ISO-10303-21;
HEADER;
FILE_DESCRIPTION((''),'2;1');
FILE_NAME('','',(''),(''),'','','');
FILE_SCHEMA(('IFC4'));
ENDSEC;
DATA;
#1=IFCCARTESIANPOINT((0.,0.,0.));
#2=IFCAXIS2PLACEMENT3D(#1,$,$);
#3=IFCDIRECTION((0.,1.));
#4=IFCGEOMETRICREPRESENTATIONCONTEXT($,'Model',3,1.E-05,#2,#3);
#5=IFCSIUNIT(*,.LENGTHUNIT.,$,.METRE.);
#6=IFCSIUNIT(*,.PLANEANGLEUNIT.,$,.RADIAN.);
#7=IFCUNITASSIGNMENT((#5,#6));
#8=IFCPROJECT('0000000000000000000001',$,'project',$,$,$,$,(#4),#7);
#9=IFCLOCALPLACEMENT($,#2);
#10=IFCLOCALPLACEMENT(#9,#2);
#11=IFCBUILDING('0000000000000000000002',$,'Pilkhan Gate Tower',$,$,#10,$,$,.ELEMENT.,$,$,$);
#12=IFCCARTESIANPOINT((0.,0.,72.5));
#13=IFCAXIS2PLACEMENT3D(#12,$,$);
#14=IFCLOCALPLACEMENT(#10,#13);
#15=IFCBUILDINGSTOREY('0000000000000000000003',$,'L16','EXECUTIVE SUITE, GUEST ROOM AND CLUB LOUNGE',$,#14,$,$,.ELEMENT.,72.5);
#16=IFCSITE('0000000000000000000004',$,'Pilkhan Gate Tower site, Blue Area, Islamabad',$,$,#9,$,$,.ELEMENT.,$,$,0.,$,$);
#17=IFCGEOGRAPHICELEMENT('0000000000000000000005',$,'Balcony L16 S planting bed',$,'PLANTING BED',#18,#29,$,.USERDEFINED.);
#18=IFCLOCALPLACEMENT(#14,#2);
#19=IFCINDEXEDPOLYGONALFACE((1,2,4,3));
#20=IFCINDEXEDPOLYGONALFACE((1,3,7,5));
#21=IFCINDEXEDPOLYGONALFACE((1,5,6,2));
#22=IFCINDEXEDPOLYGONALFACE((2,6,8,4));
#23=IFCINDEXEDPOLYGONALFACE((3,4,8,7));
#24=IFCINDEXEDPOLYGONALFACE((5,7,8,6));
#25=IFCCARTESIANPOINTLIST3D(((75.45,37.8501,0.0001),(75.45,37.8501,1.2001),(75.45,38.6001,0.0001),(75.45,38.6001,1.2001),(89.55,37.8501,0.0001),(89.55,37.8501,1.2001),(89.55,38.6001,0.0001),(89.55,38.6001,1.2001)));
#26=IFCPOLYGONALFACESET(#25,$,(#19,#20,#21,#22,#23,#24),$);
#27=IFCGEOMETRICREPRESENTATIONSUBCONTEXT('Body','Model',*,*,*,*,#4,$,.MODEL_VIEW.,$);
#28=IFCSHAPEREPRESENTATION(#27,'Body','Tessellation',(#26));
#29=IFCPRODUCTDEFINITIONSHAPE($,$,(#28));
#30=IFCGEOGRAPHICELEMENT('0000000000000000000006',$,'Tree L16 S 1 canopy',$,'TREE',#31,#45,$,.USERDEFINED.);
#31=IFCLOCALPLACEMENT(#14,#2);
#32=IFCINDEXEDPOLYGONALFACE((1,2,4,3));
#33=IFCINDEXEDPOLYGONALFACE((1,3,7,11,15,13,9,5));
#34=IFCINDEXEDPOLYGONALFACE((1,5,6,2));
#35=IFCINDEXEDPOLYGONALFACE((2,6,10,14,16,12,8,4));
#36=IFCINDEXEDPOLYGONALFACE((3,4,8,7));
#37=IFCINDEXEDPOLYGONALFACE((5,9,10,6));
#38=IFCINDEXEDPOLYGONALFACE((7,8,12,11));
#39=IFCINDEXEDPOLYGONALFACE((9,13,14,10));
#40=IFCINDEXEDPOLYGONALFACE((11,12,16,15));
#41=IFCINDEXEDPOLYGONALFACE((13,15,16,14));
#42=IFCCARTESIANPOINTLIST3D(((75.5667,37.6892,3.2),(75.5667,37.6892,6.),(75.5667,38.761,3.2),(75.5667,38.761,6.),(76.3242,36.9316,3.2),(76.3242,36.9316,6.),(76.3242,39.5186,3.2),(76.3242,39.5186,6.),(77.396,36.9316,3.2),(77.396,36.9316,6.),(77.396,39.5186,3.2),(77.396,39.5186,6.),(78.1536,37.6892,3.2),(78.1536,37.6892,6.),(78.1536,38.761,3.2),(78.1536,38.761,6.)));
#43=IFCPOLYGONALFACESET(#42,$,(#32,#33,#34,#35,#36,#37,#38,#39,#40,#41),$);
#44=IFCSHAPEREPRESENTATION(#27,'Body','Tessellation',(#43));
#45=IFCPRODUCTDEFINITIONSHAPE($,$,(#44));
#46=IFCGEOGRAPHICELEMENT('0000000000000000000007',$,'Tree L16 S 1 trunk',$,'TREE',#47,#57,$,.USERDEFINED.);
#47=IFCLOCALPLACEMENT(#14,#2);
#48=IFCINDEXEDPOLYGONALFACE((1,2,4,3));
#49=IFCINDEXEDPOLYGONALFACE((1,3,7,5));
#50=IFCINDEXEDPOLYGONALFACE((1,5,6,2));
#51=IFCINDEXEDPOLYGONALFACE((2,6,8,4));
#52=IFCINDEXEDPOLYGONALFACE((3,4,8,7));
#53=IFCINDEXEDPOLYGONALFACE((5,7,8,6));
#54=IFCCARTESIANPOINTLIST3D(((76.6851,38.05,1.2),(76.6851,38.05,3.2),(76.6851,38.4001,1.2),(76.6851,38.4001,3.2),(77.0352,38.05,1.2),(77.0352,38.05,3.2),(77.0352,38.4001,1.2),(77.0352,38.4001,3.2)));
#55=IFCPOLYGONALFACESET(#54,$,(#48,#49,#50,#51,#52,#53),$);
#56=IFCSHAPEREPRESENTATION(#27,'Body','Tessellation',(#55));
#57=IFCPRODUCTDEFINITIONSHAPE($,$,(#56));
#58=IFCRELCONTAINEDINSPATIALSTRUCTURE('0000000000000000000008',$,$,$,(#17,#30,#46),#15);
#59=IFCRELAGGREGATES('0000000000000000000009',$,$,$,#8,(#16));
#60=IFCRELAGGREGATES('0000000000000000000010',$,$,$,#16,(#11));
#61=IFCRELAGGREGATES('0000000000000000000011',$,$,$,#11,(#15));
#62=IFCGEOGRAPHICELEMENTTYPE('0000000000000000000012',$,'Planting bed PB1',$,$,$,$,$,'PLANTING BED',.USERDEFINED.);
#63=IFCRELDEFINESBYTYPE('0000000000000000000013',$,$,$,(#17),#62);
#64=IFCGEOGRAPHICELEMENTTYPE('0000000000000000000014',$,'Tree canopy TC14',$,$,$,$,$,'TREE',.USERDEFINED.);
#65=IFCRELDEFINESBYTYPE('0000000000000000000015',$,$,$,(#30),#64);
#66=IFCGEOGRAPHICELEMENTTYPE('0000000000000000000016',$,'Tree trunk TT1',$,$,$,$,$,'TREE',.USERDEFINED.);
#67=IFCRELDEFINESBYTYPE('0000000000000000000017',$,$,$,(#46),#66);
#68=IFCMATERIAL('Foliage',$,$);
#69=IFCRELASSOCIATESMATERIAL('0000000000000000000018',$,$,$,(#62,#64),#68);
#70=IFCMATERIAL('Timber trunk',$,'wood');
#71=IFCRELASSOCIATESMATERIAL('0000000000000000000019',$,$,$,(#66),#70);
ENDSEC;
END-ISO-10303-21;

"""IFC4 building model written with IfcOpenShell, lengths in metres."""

from ifc_helpers import new_model, si_unit, direction, frame, origin, origin_2d, place, context, subcontext, project, spatial, polyline, rectangle, outline, extrude, material, material_profile, profile_set, type_object, element, save


model = new_model("IFC4")

# Units and contexts
model_context = context("Model", 3, precision=1e-05, world=origin(), true_north=direction((0.0, 1.0)))
body_context = subcontext(model_context, "Body", "Model", "MODEL_VIEW")
ifc_project = project(units=[si_unit("LENGTHUNIT", "METRE"), si_unit("PLANEANGLEUNIT", "RADIAN")], contexts=[model_context])

# Site, building, storey
site_placement = place(None, origin())
site = spatial("IfcSite", under=ifc_project, at=site_placement, Name="Pilkhan Gate Tower site, Blue Area, Islamabad", CompositionType="ELEMENT", RefElevation=0.0)
building_placement = place(site_placement, origin())
building = spatial("IfcBuilding", under=site, at=building_placement, Name="Pilkhan Gate Tower", CompositionType="ELEMENT")
storey_placement = place(building_placement, frame((0.0, 0.0, 72.5)))
storey = spatial("IfcBuildingStorey", under=building, at=storey_placement, Name="L16", Description="EXECUTIVE SUITE, GUEST ROOM AND CLUB LOUNGE", CompositionType="ELEMENT", Elevation=72.5)

# Geographic elements
ifc_material_1 = material(Name="Foliage")
ifc_material_profile_1 = material_profile(ifc_material_1, rectangle(XDim=0.75, YDim=1.2, at=origin_2d()), Name="Bed 750x1200")
ifc_profile_set_1 = profile_set([ifc_material_profile_1], Name="Foliage")
geographic_element_type_1 = type_object("IfcGeographicElementType", Name="Planting bed PB1", ElementType="PLANTING BED", PredefinedType="USERDEFINED", material=ifc_profile_set_1)
geographic_element_1_placement = place(storey_placement, frame((75.45, 38.2251, 0.6001), z_axis=(1.0, 0.0, 0.0), x_axis=(0.0, 1.0, 0.0)))
element("IfcGeographicElement", 1, at=geographic_element_1_placement, inside=storey, type_object=geographic_element_type_1, Name="Balcony L16 S planting bed", ObjectType="PLANTING BED", PredefinedType="USERDEFINED", context=body_context, shape_type="SweptSolid", body=[
    extrude(rectangle(XDim=0.75, YDim=1.2, at=origin_2d()), origin(), (0.0, 0.0, 1.0), 14.1001),
])
ifc_material_profile_2 = material_profile(ifc_material_1, outline(polyline([(1.2935, 0.5359), (0.5359, 1.2935), (-0.5359, 1.2935), (-1.2935, 0.5359), (-1.2935, -0.5359), (-0.5359, -1.2935), (0.5359, -1.2935), (1.2935, -0.5359), (1.2935, 0.5359)])), Name="Canopy D2.8")
ifc_profile_set_2 = profile_set([ifc_material_profile_2], Name="Foliage")
geographic_element_type_2 = type_object("IfcGeographicElementType", Name="Tree canopy TC14", ElementType="TREE", PredefinedType="USERDEFINED", material=ifc_profile_set_2)
geographic_element_2_placement = place(storey_placement, frame((76.8601, 38.2251, 3.2), z_axis=(0.0, 0.0, 1.0), x_axis=(1.0, 0.0, 0.0)))
element("IfcGeographicElement", 2, at=geographic_element_2_placement, inside=storey, type_object=geographic_element_type_2, Name="Tree L16 S 1 canopy", ObjectType="TREE", PredefinedType="USERDEFINED", context=body_context, shape_type="SweptSolid", body=[
    extrude(outline(polyline([(1.2935, 0.5359), (0.5359, 1.2935), (-0.5359, 1.2935), (-1.2935, 0.5359), (-1.2935, -0.5359), (-0.5359, -1.2935), (0.5359, -1.2935), (1.2935, -0.5359), (1.2935, 0.5359)])), origin(), (0.0, 0.0, 1.0), 2.8),
])
ifc_material_2 = material(Name="Timber trunk", Category="wood")
geographic_element_type_3 = type_object("IfcGeographicElementType", Name="Tree trunk TT1", ElementType="TREE", PredefinedType="USERDEFINED", material=ifc_material_2)
geographic_element_3_placement = place(storey_placement, frame((76.8601, 38.2251, 1.2), z_axis=(0.0, 0.0, 1.0), x_axis=(1.0, 0.0, 0.0)))
element("IfcGeographicElement", 3, at=geographic_element_3_placement, inside=storey, type_object=geographic_element_type_3, Name="Tree L16 S 1 trunk", ObjectType="TREE", PredefinedType="USERDEFINED", context=body_context, shape_type="SweptSolid", body=[
    extrude(rectangle(XDim=0.3501, YDim=0.3501, at=origin_2d()), origin(), (0.0, 0.0, 1.0), 2.0),
])

save(model, "model.ifc")
